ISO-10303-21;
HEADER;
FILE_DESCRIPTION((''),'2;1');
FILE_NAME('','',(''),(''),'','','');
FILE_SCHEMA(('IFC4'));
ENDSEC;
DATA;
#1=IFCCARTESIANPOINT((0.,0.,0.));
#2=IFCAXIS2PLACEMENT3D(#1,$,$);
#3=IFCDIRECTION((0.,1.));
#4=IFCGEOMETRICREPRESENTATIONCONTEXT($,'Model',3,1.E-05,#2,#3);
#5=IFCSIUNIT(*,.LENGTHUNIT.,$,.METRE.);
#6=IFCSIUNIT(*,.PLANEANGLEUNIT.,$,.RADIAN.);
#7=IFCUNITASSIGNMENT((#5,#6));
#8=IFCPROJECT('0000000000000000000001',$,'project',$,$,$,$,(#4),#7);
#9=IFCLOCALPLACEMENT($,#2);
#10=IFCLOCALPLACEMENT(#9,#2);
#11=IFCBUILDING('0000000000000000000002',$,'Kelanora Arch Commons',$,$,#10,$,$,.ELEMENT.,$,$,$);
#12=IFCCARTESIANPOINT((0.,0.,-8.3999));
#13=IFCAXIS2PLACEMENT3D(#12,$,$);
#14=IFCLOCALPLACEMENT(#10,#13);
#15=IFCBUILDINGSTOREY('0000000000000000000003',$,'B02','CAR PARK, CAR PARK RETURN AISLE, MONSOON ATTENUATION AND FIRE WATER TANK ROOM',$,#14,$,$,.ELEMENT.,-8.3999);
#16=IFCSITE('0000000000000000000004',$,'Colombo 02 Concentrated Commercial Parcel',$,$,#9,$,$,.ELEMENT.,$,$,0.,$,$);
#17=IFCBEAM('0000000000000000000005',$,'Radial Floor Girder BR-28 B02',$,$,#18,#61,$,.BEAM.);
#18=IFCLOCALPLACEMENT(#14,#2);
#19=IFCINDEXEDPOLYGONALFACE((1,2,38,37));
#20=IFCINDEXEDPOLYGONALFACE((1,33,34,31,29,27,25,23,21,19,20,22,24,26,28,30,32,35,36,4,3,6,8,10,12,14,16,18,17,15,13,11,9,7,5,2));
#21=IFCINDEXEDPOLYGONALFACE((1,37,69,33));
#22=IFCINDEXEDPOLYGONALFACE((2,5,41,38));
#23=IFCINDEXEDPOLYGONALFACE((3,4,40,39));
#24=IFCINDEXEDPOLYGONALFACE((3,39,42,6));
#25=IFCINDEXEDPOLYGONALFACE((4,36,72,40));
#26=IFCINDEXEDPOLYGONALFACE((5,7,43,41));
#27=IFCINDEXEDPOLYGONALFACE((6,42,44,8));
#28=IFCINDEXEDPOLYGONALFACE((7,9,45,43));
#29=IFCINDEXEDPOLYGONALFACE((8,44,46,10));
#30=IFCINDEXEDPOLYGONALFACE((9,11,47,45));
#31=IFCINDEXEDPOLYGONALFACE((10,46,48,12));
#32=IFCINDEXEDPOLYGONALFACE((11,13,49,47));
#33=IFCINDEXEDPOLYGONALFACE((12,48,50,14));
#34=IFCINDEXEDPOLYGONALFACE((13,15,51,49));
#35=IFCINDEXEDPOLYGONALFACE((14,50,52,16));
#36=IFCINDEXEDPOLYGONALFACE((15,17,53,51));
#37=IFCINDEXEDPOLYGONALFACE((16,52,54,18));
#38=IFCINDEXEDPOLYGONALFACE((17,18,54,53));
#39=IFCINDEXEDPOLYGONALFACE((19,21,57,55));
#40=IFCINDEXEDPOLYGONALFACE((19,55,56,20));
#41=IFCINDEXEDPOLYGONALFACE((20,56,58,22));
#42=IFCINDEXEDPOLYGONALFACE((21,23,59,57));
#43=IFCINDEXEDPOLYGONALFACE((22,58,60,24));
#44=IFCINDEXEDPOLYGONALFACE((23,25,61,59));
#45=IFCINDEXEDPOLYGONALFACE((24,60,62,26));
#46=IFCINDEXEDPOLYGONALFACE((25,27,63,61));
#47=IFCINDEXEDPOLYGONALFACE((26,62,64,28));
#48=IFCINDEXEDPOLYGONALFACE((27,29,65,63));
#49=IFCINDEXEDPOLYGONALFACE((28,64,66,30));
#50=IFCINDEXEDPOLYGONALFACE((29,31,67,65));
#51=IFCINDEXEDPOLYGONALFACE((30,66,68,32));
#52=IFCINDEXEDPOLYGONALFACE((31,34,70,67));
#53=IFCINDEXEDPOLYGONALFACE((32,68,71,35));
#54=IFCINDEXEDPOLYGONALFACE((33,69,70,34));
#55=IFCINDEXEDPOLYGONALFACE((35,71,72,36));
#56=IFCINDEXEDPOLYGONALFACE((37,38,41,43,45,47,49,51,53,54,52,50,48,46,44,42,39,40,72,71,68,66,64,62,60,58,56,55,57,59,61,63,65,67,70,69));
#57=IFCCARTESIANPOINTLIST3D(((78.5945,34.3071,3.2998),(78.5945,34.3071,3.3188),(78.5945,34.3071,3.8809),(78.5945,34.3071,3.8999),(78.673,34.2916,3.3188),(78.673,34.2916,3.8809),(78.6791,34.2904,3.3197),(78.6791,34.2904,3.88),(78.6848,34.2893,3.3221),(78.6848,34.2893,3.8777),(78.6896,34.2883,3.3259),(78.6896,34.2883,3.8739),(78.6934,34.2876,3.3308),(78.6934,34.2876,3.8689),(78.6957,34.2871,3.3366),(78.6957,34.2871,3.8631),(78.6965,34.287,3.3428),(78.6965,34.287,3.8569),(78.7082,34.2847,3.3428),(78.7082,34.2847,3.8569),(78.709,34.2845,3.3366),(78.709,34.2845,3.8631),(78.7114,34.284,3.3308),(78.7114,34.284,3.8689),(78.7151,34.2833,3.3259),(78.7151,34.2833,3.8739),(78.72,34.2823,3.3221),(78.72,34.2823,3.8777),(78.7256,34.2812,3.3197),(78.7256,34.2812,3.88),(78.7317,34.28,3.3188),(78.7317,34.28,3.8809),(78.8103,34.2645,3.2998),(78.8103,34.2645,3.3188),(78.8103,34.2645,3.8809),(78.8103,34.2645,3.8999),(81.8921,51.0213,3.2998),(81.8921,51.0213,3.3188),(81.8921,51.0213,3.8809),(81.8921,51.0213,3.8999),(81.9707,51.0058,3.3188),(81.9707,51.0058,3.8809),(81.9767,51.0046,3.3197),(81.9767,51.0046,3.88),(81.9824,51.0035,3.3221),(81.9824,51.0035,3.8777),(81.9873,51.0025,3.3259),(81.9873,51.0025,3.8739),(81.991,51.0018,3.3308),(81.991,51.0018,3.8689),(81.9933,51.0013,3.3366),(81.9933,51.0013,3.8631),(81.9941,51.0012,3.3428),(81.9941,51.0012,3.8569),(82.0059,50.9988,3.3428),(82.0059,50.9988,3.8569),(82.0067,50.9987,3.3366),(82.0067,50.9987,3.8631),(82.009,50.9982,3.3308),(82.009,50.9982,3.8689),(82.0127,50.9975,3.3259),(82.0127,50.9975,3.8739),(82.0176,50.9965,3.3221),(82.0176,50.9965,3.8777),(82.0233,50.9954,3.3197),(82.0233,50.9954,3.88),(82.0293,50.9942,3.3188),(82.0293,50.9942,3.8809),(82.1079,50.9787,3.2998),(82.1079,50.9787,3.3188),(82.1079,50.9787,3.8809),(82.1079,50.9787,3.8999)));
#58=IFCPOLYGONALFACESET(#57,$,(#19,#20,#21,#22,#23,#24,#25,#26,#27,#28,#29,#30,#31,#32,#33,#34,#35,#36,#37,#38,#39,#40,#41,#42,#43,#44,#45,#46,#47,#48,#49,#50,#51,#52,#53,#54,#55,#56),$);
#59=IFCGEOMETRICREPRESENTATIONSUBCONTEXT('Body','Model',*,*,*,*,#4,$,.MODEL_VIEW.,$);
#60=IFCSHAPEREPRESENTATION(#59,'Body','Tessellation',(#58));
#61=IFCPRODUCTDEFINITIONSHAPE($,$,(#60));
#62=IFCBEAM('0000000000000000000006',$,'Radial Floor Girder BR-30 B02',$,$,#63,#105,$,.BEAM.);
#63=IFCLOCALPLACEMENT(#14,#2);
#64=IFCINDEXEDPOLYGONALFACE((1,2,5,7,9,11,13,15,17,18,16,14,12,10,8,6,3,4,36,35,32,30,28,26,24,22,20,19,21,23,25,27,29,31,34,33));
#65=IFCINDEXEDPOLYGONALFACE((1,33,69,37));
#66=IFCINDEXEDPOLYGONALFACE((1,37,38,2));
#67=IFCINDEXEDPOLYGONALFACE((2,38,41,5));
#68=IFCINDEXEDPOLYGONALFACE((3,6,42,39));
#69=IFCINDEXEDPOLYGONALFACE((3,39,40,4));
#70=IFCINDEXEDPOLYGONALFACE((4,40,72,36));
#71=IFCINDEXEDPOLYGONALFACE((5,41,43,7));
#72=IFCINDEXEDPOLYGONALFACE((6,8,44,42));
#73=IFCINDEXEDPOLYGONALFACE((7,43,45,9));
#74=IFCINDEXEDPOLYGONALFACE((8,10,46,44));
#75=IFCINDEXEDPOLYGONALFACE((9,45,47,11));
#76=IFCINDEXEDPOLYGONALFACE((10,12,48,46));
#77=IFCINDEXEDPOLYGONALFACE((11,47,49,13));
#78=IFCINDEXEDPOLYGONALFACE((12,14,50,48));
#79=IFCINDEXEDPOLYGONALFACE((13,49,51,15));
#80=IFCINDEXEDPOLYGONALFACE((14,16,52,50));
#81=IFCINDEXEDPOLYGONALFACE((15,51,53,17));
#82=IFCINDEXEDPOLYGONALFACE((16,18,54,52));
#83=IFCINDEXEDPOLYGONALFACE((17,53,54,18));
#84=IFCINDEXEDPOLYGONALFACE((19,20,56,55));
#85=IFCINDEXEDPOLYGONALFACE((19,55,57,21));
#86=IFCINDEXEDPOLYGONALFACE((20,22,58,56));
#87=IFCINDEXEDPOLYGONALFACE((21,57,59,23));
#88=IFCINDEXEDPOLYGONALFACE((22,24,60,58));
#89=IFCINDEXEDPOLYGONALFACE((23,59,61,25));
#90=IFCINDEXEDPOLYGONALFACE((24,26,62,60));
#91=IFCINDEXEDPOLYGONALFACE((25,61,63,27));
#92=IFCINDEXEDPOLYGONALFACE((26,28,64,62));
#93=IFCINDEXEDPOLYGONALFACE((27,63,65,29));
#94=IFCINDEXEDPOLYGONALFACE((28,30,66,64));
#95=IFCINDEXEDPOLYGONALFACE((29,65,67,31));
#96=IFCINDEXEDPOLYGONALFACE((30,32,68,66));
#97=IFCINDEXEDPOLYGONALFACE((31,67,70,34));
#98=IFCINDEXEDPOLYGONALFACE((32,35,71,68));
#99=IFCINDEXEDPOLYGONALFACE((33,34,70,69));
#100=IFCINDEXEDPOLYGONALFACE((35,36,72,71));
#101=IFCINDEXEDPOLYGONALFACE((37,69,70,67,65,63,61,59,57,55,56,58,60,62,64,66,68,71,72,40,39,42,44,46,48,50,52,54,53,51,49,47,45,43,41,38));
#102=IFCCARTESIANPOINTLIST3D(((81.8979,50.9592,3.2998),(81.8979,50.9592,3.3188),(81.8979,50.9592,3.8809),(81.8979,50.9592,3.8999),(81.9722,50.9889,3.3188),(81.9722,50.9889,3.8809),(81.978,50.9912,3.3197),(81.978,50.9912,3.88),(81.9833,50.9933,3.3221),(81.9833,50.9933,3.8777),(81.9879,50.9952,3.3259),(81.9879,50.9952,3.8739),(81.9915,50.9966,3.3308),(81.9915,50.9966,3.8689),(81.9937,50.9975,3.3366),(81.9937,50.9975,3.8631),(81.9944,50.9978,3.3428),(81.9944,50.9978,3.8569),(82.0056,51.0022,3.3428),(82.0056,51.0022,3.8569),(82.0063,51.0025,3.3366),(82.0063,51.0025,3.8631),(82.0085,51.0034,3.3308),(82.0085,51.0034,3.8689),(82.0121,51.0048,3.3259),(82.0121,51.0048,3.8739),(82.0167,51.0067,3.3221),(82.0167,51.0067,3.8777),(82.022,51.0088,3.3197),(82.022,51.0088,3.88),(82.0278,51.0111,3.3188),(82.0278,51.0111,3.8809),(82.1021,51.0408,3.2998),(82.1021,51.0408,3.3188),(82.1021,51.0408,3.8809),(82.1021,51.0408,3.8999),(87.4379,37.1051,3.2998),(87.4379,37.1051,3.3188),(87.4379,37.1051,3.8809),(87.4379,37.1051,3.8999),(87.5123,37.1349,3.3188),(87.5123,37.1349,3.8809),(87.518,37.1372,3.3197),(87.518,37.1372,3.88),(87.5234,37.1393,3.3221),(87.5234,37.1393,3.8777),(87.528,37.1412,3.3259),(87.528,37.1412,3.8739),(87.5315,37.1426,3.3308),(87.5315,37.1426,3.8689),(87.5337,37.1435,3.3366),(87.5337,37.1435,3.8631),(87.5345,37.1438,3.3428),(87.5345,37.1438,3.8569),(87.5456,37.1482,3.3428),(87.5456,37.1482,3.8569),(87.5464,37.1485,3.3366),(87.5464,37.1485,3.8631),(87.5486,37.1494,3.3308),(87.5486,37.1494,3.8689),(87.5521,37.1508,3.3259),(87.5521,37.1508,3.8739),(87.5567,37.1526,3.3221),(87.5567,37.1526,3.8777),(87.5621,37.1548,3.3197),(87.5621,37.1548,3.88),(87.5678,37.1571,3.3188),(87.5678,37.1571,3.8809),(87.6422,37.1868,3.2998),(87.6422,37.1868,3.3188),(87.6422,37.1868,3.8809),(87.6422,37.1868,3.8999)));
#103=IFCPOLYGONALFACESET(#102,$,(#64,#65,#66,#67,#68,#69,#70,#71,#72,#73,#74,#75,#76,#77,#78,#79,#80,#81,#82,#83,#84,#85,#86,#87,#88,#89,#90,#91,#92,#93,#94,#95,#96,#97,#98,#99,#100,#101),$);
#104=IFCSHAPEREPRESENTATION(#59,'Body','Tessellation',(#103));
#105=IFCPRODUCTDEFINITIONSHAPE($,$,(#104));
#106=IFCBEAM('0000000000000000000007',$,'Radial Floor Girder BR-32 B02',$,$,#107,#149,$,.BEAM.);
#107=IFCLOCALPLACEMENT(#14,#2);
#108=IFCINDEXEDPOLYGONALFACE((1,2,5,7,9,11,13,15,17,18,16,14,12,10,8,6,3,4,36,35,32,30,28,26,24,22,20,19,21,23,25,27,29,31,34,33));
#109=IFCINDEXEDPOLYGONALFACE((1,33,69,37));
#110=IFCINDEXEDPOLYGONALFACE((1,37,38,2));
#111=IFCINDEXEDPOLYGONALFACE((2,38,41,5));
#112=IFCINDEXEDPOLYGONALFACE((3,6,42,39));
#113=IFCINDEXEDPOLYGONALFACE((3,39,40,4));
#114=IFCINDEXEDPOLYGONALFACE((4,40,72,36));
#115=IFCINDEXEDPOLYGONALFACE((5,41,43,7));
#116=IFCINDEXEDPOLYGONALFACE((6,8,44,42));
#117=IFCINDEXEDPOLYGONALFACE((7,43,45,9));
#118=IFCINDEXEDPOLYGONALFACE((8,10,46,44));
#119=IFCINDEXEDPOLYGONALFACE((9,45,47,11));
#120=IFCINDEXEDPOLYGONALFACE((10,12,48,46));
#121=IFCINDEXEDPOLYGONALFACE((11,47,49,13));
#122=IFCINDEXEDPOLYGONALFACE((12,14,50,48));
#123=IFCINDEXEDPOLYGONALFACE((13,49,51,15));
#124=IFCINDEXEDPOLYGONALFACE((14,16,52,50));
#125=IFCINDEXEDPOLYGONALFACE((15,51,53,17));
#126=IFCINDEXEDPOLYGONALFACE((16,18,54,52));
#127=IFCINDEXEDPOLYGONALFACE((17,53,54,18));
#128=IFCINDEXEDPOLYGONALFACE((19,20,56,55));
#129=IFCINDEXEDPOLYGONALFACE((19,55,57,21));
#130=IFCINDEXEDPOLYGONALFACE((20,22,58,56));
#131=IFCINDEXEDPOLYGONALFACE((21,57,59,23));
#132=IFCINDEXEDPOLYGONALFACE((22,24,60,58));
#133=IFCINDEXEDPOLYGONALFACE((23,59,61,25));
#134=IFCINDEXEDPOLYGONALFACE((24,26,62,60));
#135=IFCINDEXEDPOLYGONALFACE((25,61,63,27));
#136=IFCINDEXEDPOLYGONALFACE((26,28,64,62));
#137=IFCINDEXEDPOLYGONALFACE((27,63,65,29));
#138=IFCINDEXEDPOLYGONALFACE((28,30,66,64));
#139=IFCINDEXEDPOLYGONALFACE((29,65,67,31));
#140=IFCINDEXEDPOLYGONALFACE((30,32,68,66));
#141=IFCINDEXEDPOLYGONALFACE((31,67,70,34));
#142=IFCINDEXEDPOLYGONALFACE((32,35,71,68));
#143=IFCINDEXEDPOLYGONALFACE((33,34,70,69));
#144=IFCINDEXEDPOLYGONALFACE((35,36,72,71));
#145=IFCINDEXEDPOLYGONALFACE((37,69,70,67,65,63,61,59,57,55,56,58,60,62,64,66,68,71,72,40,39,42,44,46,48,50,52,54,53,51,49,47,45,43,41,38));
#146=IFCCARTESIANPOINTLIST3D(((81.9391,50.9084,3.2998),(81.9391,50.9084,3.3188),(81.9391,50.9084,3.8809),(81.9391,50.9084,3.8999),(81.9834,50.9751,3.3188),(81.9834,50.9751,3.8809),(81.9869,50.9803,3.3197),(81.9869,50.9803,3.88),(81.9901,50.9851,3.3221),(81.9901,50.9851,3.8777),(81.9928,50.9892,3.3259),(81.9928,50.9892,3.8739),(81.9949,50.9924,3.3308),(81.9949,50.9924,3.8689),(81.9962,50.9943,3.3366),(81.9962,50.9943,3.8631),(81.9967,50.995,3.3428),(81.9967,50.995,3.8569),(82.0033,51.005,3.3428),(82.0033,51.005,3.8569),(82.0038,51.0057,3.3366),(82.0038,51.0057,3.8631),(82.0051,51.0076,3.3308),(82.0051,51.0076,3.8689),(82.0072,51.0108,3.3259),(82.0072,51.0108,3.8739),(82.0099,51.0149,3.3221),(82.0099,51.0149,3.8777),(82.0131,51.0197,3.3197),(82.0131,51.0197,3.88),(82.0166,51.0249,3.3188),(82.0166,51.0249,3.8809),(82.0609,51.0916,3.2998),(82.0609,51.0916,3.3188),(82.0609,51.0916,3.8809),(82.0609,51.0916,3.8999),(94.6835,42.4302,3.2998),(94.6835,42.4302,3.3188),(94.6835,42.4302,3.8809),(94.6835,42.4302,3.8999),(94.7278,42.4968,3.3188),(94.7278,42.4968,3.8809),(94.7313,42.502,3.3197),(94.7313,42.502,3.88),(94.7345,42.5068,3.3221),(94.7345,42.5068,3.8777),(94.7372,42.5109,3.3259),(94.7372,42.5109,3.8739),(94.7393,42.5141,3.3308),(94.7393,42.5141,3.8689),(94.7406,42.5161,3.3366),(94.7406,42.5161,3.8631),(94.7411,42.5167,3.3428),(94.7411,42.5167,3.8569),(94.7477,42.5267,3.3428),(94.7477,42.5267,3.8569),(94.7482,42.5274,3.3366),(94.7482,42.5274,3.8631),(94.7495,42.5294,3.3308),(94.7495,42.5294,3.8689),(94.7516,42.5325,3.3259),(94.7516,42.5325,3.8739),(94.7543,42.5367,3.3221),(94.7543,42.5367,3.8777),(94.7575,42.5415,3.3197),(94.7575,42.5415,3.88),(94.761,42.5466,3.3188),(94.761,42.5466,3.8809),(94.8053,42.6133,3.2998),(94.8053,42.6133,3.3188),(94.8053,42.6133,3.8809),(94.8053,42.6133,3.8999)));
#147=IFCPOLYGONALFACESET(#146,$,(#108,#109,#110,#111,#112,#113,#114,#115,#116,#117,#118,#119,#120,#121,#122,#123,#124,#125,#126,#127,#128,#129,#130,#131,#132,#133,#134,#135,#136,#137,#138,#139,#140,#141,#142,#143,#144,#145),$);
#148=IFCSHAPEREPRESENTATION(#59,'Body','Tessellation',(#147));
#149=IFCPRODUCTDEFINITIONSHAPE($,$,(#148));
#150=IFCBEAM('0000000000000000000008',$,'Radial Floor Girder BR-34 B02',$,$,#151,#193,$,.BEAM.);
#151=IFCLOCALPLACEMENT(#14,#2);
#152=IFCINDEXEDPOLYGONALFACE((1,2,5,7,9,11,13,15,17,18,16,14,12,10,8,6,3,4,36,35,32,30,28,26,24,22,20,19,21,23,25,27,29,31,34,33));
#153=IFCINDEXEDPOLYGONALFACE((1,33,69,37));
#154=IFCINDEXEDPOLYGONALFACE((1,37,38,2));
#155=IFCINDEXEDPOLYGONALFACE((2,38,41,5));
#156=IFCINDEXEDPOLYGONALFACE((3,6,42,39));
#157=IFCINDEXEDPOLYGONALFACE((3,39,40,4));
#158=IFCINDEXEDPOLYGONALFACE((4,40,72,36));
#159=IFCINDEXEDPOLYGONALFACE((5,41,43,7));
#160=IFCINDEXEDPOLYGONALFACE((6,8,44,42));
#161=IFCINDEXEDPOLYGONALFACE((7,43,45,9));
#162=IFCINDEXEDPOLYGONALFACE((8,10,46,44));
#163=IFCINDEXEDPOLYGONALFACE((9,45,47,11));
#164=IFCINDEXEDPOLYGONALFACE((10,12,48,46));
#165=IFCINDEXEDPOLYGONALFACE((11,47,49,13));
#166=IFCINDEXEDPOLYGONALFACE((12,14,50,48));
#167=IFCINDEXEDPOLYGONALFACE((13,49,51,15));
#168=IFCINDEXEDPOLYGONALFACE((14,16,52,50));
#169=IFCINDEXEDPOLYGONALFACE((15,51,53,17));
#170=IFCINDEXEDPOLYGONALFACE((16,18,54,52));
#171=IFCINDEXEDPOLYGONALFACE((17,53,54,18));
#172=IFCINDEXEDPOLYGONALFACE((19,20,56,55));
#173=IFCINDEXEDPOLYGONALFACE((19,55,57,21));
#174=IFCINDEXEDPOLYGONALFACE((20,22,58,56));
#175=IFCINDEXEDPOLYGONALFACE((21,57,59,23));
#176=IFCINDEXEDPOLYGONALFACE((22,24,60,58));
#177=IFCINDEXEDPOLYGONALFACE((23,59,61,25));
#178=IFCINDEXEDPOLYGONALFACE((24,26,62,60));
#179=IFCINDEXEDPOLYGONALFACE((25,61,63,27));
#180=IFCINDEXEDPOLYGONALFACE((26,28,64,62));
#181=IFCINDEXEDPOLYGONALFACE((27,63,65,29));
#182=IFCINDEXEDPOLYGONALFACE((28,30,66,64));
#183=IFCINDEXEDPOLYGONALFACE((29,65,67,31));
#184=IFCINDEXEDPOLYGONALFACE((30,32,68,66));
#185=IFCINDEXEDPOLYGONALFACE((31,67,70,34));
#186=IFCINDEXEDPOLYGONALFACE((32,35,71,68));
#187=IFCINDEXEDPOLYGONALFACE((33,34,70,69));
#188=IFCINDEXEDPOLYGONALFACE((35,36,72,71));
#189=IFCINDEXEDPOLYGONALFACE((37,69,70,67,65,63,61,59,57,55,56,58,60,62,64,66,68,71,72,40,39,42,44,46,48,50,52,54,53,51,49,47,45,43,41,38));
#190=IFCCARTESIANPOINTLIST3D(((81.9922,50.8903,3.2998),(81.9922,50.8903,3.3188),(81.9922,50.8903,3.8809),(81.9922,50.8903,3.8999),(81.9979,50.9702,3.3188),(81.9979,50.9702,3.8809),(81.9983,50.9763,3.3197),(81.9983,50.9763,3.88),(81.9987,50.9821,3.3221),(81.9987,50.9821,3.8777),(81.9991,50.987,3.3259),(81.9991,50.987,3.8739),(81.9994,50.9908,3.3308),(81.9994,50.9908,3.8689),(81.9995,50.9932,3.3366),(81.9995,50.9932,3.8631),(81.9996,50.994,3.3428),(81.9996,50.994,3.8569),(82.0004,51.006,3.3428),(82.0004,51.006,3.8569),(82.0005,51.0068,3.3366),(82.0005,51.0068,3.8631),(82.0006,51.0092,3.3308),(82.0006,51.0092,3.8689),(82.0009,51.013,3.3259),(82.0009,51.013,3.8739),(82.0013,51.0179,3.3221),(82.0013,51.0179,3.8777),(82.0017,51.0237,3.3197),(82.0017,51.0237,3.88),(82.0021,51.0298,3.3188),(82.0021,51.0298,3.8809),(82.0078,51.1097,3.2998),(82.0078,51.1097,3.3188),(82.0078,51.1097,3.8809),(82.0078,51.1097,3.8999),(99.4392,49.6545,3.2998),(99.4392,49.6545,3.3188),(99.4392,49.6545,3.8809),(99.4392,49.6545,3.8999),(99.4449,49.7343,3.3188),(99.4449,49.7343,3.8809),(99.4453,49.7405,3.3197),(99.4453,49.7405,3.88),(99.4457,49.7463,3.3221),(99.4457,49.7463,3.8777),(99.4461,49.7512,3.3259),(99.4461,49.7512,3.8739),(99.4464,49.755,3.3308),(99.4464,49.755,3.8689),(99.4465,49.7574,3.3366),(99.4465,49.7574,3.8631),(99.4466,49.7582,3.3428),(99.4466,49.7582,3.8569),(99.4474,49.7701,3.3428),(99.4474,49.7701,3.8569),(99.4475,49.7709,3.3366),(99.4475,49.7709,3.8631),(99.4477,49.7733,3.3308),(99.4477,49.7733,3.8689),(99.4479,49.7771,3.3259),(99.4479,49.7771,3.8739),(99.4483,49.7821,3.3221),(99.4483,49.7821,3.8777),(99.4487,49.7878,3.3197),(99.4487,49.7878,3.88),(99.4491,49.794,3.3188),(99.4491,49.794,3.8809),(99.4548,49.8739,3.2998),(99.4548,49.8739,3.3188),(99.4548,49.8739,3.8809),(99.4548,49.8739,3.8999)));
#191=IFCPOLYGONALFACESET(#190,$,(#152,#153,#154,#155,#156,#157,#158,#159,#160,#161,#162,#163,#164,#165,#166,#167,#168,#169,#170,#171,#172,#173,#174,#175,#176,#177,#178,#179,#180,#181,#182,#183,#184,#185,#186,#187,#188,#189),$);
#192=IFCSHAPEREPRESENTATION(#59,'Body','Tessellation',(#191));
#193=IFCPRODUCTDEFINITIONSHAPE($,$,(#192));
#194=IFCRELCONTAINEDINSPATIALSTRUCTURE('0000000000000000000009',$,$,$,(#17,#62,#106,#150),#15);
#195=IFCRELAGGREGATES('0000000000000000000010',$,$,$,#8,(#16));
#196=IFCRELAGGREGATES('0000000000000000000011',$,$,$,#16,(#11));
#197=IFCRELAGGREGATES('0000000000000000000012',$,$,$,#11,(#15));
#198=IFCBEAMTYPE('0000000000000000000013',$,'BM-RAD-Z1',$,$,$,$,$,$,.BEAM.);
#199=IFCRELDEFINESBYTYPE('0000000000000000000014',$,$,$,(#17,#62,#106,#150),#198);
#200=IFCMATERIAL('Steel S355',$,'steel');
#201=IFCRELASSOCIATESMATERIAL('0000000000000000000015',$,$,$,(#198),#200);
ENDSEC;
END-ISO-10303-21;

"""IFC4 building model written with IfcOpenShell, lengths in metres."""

from ifc_helpers import new_model, si_unit, direction, frame, origin, origin_2d, place, context, subcontext, project, spatial, i_section, extrude, material, material_profile, profile_set, type_object, element, save


model = new_model("IFC4")

# Units and contexts
model_context = context("Model", 3, precision=1e-05, world=origin(), true_north=direction((0.0, 1.0)))
body_context = subcontext(model_context, "Body", "Model", "MODEL_VIEW")
ifc_project = project(units=[si_unit("LENGTHUNIT", "METRE"), si_unit("PLANEANGLEUNIT", "RADIAN")], contexts=[model_context])

# Site, building, storey
site_placement = place(None, origin())
site = spatial("IfcSite", under=ifc_project, at=site_placement, Name="Colombo 02 Concentrated Commercial Parcel", CompositionType="ELEMENT", RefElevation=0.0)
building_placement = place(site_placement, origin())
building = spatial("IfcBuilding", under=site, at=building_placement, Name="Kelanora Arch Commons", CompositionType="ELEMENT")
storey_placement = place(building_placement, frame((0.0, 0.0, -8.3999)))
storey = spatial("IfcBuildingStorey", under=building, at=storey_placement, Name="B02", Description="CAR PARK, CAR PARK RETURN AISLE, MONSOON ATTENUATION AND FIRE WATER TANK ROOM", CompositionType="ELEMENT", Elevation=-8.3999)

# Shared definitions
ifc_material_1 = material(Name="Steel S355", Category="steel")

# Beams
ifc_material_profile_1 = material_profile(ifc_material_1, i_section(OverallWidth=0.22, OverallDepth=0.6001, WebThickness=0.012, FlangeThickness=0.019, FilletRadius=0.0239, at=origin_2d()), Name="IPE600")
ifc_profile_set_1 = profile_set([ifc_material_profile_1], Name="Steel S355")
beam_type_1 = type_object("IfcBeamType", Name="BM-RAD-Z1", PredefinedType="BEAM", material=ifc_profile_set_1)
beam_1_placement = place(storey_placement, frame((82.0, 51.0, 3.5999), z_axis=(-0.193564, -0.981088, 0.0), x_axis=(0.981088, -0.193564, 0.0)))
element("IfcBeam", 1, at=beam_1_placement, inside=storey, type_object=beam_type_1, Name="Radial Floor Girder BR-28 B02", PredefinedType="BEAM", context=body_context, shape_type="SweptSolid", body=[
    extrude(i_section(OverallWidth=0.22, OverallDepth=0.6001, WebThickness=0.012, FlangeThickness=0.019, FilletRadius=0.0239, at=origin_2d()), origin(), (0.0, 0.0, 1.0), 17.0364),
])
beam_2_placement = place(storey_placement, frame((82.0, 51.0, 3.5999), z_axis=(0.3713, -0.928513, 0.0), x_axis=(0.928513, 0.3713, 0.0)))
element("IfcBeam", 2, at=beam_2_placement, inside=storey, type_object=beam_type_1, Name="Radial Floor Girder BR-30 B02", PredefinedType="BEAM", context=body_context, shape_type="SweptSolid", body=[
    extrude(i_section(OverallWidth=0.22, OverallDepth=0.6001, WebThickness=0.012, FlangeThickness=0.019, FilletRadius=0.0239, at=origin_2d()), origin(), (0.0, 0.0, 1.0), 14.9207),
])
beam_3_placement = place(storey_placement, frame((82.0, 51.0, 3.5999), z_axis=(0.832592, -0.553886, 0.0), x_axis=(0.553886, 0.832592, 0.0)))
element("IfcBeam", 3, at=beam_3_placement, inside=storey, type_object=beam_type_1, Name="Radial Floor Girder BR-32 B02", PredefinedType="BEAM", context=body_context, shape_type="SweptSolid", body=[
    extrude(i_section(OverallWidth=0.22, OverallDepth=0.6001, WebThickness=0.012, FlangeThickness=0.019, FilletRadius=0.0239, at=origin_2d()), origin(), (0.0, 0.0, 1.0), 15.3069),
])
beam_4_placement = place(storey_placement, frame((82.0, 51.0, 3.5999), z_axis=(0.997501, -0.070657, 0.0), x_axis=(0.070657, 0.997501, 0.0)))
element("IfcBeam", 4, at=beam_4_placement, inside=storey, type_object=beam_type_1, Name="Radial Floor Girder BR-34 B02", PredefinedType="BEAM", context=body_context, shape_type="SweptSolid", body=[
    extrude(i_section(OverallWidth=0.22, OverallDepth=0.6001, WebThickness=0.012, FlangeThickness=0.019, FilletRadius=0.0239, at=origin_2d()), origin(), (0.0, 0.0, 1.0), 17.4907),
])

save(model, "model.ifc")
